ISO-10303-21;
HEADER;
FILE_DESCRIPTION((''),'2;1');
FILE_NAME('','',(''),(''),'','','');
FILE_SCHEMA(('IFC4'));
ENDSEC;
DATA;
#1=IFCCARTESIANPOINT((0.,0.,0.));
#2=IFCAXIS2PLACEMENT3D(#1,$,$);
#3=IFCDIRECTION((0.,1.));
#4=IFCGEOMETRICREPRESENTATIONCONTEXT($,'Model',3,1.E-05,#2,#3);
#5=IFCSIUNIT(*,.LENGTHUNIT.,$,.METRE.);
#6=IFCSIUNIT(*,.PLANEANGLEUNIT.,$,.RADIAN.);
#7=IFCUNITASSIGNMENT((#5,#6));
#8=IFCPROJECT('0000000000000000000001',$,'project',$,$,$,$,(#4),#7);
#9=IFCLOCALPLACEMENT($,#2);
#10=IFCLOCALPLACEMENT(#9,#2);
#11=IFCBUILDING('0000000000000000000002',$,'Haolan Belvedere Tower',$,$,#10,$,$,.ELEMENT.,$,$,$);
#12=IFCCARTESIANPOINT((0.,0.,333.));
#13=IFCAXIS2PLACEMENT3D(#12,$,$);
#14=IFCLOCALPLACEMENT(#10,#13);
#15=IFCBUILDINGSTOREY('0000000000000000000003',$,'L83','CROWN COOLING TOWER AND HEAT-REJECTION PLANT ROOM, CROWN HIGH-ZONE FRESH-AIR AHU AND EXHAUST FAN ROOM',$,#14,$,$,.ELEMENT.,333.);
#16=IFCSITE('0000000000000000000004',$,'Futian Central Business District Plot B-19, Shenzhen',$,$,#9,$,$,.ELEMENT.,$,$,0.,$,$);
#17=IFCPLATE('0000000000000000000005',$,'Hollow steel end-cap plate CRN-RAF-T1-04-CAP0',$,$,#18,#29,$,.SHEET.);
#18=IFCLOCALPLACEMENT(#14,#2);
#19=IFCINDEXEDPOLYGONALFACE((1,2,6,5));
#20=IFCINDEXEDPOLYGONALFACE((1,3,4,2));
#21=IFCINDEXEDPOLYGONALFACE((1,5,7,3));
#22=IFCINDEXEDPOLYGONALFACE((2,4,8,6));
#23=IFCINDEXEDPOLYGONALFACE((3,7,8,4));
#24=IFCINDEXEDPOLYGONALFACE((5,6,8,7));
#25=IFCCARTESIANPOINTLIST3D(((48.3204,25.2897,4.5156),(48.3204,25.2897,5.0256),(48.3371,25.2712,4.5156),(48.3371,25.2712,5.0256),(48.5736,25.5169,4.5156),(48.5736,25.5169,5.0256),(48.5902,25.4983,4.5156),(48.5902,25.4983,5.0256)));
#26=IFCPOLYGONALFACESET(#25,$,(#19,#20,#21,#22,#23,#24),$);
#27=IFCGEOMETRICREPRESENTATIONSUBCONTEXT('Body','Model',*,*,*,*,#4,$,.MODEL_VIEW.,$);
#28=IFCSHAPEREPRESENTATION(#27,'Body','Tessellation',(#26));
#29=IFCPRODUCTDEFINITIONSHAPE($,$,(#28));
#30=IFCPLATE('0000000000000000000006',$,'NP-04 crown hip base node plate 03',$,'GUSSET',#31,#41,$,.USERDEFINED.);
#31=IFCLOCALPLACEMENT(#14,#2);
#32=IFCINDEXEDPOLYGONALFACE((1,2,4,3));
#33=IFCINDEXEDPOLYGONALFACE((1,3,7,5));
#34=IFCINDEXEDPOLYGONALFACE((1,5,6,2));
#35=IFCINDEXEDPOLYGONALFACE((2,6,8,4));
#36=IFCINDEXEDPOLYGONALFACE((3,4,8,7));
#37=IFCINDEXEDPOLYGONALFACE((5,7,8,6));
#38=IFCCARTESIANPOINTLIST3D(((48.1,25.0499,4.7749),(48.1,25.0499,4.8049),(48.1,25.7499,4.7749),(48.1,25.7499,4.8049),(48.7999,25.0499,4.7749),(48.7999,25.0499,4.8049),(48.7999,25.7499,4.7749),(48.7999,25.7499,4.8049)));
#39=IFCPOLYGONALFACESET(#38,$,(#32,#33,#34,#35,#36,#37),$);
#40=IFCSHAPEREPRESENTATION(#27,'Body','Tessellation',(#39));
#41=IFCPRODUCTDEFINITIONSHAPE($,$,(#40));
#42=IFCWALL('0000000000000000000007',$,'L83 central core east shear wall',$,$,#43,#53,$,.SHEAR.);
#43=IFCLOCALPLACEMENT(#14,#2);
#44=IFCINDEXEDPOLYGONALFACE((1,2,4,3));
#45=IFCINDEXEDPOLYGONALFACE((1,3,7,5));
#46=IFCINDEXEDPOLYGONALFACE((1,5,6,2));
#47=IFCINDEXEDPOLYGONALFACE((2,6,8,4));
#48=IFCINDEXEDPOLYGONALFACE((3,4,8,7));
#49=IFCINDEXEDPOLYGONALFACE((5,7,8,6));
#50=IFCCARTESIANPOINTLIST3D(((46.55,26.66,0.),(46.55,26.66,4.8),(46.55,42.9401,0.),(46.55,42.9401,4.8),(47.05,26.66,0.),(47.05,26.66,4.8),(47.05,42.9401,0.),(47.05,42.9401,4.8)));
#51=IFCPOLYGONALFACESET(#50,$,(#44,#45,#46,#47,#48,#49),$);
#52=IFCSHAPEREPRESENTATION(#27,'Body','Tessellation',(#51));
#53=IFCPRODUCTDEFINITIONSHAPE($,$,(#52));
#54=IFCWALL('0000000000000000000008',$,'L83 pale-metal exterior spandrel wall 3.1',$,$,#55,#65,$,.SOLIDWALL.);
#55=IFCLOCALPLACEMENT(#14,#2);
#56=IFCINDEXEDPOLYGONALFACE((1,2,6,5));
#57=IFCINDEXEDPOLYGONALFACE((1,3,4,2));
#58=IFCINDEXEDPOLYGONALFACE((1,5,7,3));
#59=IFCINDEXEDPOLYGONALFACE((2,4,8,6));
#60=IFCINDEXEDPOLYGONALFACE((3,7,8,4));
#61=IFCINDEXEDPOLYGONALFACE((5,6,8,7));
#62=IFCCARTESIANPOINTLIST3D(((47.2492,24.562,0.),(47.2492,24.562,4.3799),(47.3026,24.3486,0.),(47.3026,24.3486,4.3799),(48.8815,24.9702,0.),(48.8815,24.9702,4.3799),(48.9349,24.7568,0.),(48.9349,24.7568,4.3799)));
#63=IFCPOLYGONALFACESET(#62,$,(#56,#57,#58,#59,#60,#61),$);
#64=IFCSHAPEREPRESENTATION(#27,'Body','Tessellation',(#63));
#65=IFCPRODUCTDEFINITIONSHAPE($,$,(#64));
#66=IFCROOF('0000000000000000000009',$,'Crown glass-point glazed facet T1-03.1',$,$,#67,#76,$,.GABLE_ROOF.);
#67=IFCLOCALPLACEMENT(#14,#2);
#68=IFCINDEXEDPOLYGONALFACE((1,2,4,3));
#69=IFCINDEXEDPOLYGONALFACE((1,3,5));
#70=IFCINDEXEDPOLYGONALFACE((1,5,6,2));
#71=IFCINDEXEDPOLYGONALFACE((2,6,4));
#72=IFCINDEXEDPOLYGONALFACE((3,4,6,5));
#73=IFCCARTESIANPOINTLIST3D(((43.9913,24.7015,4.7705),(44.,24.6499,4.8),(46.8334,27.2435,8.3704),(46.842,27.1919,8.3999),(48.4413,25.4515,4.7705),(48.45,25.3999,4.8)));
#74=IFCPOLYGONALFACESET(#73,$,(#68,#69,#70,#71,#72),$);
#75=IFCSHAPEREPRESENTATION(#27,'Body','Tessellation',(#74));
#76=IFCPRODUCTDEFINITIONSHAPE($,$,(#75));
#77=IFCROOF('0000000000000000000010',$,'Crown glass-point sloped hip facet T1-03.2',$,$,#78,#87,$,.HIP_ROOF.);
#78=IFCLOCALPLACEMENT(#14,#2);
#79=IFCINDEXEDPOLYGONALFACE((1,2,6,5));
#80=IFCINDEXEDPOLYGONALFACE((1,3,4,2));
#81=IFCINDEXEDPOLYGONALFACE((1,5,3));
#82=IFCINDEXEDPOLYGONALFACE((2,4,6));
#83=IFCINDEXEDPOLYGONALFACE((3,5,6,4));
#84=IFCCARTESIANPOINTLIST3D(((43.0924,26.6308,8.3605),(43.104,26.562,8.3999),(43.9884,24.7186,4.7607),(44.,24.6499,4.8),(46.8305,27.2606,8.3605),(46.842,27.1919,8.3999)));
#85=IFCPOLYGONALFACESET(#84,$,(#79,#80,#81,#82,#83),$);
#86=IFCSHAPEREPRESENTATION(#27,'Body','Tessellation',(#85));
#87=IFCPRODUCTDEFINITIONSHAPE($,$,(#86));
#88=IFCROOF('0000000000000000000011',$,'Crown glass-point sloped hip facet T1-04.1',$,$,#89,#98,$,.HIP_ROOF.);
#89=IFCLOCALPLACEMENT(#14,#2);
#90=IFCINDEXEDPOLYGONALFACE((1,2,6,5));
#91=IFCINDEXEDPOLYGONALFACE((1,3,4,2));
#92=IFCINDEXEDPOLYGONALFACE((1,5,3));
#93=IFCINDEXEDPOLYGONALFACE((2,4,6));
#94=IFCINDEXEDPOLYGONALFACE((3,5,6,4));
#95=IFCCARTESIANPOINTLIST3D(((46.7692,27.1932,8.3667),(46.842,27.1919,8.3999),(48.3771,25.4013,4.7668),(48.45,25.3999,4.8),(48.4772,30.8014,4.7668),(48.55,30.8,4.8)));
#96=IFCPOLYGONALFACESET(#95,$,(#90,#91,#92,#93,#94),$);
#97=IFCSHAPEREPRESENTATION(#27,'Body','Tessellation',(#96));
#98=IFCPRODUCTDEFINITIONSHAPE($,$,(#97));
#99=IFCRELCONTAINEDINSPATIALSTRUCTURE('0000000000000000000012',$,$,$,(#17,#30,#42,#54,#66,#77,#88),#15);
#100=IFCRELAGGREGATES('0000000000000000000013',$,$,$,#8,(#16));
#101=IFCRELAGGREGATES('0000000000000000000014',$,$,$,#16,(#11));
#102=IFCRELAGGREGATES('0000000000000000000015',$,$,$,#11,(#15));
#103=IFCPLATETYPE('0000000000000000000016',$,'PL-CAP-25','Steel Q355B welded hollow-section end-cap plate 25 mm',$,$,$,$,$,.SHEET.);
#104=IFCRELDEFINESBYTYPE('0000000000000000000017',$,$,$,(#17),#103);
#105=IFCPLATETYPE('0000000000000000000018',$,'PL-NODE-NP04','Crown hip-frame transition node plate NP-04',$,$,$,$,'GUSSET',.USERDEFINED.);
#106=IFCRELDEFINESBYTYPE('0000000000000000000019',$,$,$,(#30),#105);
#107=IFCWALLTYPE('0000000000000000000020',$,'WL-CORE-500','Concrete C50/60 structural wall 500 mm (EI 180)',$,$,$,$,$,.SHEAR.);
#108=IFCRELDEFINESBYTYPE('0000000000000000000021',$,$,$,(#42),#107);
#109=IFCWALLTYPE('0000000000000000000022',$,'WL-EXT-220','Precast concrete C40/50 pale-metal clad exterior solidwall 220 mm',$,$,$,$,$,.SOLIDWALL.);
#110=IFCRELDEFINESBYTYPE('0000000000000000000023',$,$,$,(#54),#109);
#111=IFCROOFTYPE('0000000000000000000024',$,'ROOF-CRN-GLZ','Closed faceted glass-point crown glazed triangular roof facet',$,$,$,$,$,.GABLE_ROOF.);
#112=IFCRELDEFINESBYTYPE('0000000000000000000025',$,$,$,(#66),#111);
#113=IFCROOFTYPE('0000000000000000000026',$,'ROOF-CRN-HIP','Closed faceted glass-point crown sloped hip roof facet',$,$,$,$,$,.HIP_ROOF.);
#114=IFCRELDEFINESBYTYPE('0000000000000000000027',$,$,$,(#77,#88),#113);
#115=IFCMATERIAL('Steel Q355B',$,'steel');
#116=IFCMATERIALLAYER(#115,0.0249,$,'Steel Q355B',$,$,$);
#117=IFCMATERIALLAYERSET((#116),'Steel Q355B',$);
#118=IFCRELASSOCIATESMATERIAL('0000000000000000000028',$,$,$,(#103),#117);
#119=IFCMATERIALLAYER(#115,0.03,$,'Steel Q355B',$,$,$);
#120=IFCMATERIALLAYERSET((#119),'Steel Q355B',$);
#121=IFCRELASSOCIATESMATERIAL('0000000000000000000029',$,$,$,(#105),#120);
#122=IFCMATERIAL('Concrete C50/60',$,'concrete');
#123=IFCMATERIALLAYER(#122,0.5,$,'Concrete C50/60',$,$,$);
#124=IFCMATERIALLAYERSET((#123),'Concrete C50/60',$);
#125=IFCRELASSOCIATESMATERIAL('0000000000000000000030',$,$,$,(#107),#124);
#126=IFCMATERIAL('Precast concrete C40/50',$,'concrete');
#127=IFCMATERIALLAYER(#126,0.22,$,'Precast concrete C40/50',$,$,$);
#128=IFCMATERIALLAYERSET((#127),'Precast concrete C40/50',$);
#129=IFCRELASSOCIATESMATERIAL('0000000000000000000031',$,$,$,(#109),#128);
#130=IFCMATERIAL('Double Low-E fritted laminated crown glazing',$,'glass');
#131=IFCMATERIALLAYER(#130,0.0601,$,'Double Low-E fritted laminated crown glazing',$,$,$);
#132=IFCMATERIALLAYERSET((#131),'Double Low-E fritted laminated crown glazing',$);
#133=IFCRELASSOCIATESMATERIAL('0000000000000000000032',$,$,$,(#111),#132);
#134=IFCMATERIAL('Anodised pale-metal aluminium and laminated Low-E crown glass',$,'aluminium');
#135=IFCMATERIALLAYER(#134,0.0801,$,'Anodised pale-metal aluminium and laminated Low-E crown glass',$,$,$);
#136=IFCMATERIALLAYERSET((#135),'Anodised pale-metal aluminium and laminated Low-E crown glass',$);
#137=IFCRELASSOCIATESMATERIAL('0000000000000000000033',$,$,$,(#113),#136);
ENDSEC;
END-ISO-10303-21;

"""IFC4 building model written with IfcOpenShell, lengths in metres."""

from ifc_helpers import new_model, si_unit, direction, frame, frame_2d, origin, origin_2d, place, context, subcontext, project, spatial, polyline, rectangle, outline, extrude, material, layer, layer_set, type_object, element, save


model = new_model("IFC4")

# Units and contexts
model_context = context("Model", 3, precision=1e-05, world=origin(), true_north=direction((0.0, 1.0)))
body_context = subcontext(model_context, "Body", "Model", "MODEL_VIEW")
ifc_project = project(units=[si_unit("LENGTHUNIT", "METRE"), si_unit("PLANEANGLEUNIT", "RADIAN")], contexts=[model_context])

# Site, building, storey
site_placement = place(None, origin())
site = spatial("IfcSite", under=ifc_project, at=site_placement, Name="Futian Central Business District Plot B-19, Shenzhen", CompositionType="ELEMENT", RefElevation=0.0)
building_placement = place(site_placement, origin())
building = spatial("IfcBuilding", under=site, at=building_placement, Name="Haolan Belvedere Tower", CompositionType="ELEMENT")
storey_placement = place(building_placement, frame((0.0, 0.0, 333.0)))
storey = spatial("IfcBuildingStorey", under=building, at=storey_placement, Name="L83", Description="CROWN COOLING TOWER AND HEAT-REJECTION PLANT ROOM, CROWN HIGH-ZONE FRESH-AIR AHU AND EXHAUST FAN ROOM", CompositionType="ELEMENT", Elevation=333.0)

# Shared definitions
ifc_material_1 = material(Name="Steel Q355B", Category="steel")

# Plates
ifc_layer_1 = layer(ifc_material_1, 0.0249, Name="Steel Q355B")
ifc_layer_set_1 = layer_set([ifc_layer_1], Name="Steel Q355B")
plate_type_1 = type_object("IfcPlateType", Name="PL-CAP-25", Description="Steel Q355B welded hollow-section end-cap plate 25 mm", PredefinedType="SHEET", material=ifc_layer_set_1)
for number, where, z_axis, x_axis, name in (
    (1, (48.4553, 25.394, 4.5156), (0.0, 0.0, 1.0), (0.744288, 0.667859, 0.0), "Hollow steel end-cap plate CRN-RAF-T1-04-CAP0"),
):
    element("IfcPlate", number, at=place(storey_placement, frame(where, z_axis=z_axis, x_axis=x_axis)), inside=storey, type_object=plate_type_1, Name=name, PredefinedType="SHEET", context=body_context, shape_type="SweptSolid", body=[
        extrude(rectangle(XDim=0.3401, YDim=0.0249, at=origin_2d()), origin(), (0.0, 0.0, 1.0), 0.51),
    ])
ifc_layer_2 = layer(ifc_material_1, 0.03, Name="Steel Q355B")
ifc_layer_set_2 = layer_set([ifc_layer_2], Name="Steel Q355B")
plate_type_2 = type_object("IfcPlateType", Name="PL-NODE-NP04", Description="Crown hip-frame transition node plate NP-04", ElementType="GUSSET", PredefinedType="USERDEFINED", material=ifc_layer_set_2)
plate_1_placement = place(storey_placement, frame((48.45, 25.3999, 4.7749), z_axis=(0.0, 0.0, 1.0), x_axis=(1.0, 0.0, 0.0)))
element("IfcPlate", 2, at=plate_1_placement, inside=storey, type_object=plate_type_2, Name="NP-04 crown hip base node plate 03", ObjectType="GUSSET", PredefinedType="USERDEFINED", context=body_context, shape_type="SweptSolid", body=[
    extrude(rectangle(XDim=0.7, YDim=0.7, at=origin_2d()), origin(), (0.0, 0.0, 1.0), 0.03),
])

# Walls
ifc_material_2 = material(Name="Concrete C50/60", Category="concrete")
ifc_layer_3 = layer(ifc_material_2, 0.5, Name="Concrete C50/60")
ifc_layer_set_3 = layer_set([ifc_layer_3], Name="Concrete C50/60")
wall_type_1 = type_object("IfcWallType", Name="WL-CORE-500", Description="Concrete C50/60 structural wall 500 mm (EI 180)", PredefinedType="SHEAR", material=ifc_layer_set_3)
wall_1_placement = place(storey_placement, frame((46.8, 26.6599, 0.0), z_axis=(0.0, 0.0, 1.0), x_axis=(0.0, 1.0, 0.0)))
element("IfcWall", 3, at=wall_1_placement, inside=storey, type_object=wall_type_1, Name="L83 central core east shear wall", PredefinedType="SHEAR", context=body_context, shape_type="SweptSolid", body=[
    extrude(rectangle(XDim=16.28, YDim=0.5, at=frame_2d((8.1401, 0.0))), origin(), (0.0, 0.0, 1.0), 4.8),
])
ifc_material_3 = material(Name="Precast concrete C40/50", Category="concrete")
ifc_layer_4 = layer(ifc_material_3, 0.22, Name="Precast concrete C40/50")
ifc_layer_set_4 = layer_set([ifc_layer_4], Name="Precast concrete C40/50")
wall_type_2 = type_object("IfcWallType", Name="WL-EXT-220", Description="Precast concrete C40/50 pale-metal clad exterior solidwall 220 mm", PredefinedType="SOLIDWALL", material=ifc_layer_set_4)
wall_2_placement = place(storey_placement, frame((47.2759, 24.4553, 0.0), z_axis=(0.0, 0.0, 1.0), x_axis=(0.970125, 0.242604, 0.0)))
element("IfcWall", 4, at=wall_2_placement, inside=storey, type_object=wall_type_2, Name="L83 pale-metal exterior spandrel wall 3.1", PredefinedType="SOLIDWALL", context=body_context, shape_type="SweptSolid", body=[
    extrude(rectangle(XDim=1.6826, YDim=0.22, at=frame_2d((0.8413, 0.0))), origin(), (0.0, 0.0, 1.0), 4.3799),
])

# Roofs
ifc_material_4 = material(Name="Double Low-E fritted laminated crown glazing", Category="glass")
ifc_layer_5 = layer(ifc_material_4, 0.0601, Name="Double Low-E fritted laminated crown glazing")
ifc_layer_set_5 = layer_set([ifc_layer_5], Name="Double Low-E fritted laminated crown glazing")
roof_type_1 = type_object("IfcRoofType", Name="ROOF-CRN-GLZ", Description="Closed faceted glass-point crown glazed triangular roof facet", PredefinedType="GABLE_ROOF", material=ifc_layer_set_5)
roof_1_placement = place(storey_placement, frame((44.0, 24.6499, 4.8), z_axis=(0.144692, -0.858496, 0.491984), x_axis=(0.986093, 0.166197, 0.0)))
element("IfcRoof", 5, at=roof_1_placement, inside=storey, type_object=roof_type_1, Name="Crown glass-point glazed facet T1-03.1", PredefinedType="GABLE_ROOF", context=body_context, shape_type="SweptSolid", body=[
    extrude(outline(polyline([(0.0, 0.0), (4.5127, 0.0), (3.225, 4.1349), (0.0, 0.0)])), origin(), (0.0, 0.0, -1.0), 0.0601),
])
ifc_material_5 = material(Name="Anodised pale-metal aluminium and laminated Low-E crown glass", Category="aluminium")
ifc_layer_6 = layer(ifc_material_5, 0.0801, Name="Anodised pale-metal aluminium and laminated Low-E crown glass")
ifc_layer_set_6 = layer_set([ifc_layer_6], Name="Anodised pale-metal aluminium and laminated Low-E crown glass")
roof_type_2 = type_object("IfcRoofType", Name="ROOF-CRN-HIP", Description="Closed faceted glass-point crown sloped hip roof facet", PredefinedType="HIP_ROOF", material=ifc_layer_set_6)
roof_2_placement = place(storey_placement, frame((44.0, 24.6499, 4.8), z_axis=(0.144661, -0.85849, 0.492004), x_axis=(0.541977, 0.484758, 0.686492)))
element("IfcRoof", 6, at=roof_2_placement, inside=storey, type_object=roof_type_2, Name="Crown glass-point sloped hip facet T1-03.2", PredefinedType="HIP_ROOF", context=body_context, shape_type="SweptSolid", body=[
    extrude(outline(polyline([(0.0, 0.0), (5.2438, 0.0), (2.9126, 2.9891), (0.0, 0.0)])), origin(), (0.0, 0.0, -1.0), 0.0801),
])
roof_3_placement = place(storey_placement, frame((48.45, 25.3999, 4.8), z_axis=(0.909777, -0.016864, 0.414755), x_axis=(0.018533, 0.999828, 0.0)))
element("IfcRoof", 7, at=roof_3_placement, inside=storey, type_object=roof_type_2, Name="Crown glass-point sloped hip facet T1-04.1", PredefinedType="HIP_ROOF", context=body_context, shape_type="SweptSolid", body=[
    extrude(outline(polyline([(0.0, 0.0), (5.4011, 0.0), (1.7619, 3.9562), (0.0, 0.0)])), origin(), (0.0, 0.0, -1.0), 0.0801),
])

save(model, "model.ifc")
